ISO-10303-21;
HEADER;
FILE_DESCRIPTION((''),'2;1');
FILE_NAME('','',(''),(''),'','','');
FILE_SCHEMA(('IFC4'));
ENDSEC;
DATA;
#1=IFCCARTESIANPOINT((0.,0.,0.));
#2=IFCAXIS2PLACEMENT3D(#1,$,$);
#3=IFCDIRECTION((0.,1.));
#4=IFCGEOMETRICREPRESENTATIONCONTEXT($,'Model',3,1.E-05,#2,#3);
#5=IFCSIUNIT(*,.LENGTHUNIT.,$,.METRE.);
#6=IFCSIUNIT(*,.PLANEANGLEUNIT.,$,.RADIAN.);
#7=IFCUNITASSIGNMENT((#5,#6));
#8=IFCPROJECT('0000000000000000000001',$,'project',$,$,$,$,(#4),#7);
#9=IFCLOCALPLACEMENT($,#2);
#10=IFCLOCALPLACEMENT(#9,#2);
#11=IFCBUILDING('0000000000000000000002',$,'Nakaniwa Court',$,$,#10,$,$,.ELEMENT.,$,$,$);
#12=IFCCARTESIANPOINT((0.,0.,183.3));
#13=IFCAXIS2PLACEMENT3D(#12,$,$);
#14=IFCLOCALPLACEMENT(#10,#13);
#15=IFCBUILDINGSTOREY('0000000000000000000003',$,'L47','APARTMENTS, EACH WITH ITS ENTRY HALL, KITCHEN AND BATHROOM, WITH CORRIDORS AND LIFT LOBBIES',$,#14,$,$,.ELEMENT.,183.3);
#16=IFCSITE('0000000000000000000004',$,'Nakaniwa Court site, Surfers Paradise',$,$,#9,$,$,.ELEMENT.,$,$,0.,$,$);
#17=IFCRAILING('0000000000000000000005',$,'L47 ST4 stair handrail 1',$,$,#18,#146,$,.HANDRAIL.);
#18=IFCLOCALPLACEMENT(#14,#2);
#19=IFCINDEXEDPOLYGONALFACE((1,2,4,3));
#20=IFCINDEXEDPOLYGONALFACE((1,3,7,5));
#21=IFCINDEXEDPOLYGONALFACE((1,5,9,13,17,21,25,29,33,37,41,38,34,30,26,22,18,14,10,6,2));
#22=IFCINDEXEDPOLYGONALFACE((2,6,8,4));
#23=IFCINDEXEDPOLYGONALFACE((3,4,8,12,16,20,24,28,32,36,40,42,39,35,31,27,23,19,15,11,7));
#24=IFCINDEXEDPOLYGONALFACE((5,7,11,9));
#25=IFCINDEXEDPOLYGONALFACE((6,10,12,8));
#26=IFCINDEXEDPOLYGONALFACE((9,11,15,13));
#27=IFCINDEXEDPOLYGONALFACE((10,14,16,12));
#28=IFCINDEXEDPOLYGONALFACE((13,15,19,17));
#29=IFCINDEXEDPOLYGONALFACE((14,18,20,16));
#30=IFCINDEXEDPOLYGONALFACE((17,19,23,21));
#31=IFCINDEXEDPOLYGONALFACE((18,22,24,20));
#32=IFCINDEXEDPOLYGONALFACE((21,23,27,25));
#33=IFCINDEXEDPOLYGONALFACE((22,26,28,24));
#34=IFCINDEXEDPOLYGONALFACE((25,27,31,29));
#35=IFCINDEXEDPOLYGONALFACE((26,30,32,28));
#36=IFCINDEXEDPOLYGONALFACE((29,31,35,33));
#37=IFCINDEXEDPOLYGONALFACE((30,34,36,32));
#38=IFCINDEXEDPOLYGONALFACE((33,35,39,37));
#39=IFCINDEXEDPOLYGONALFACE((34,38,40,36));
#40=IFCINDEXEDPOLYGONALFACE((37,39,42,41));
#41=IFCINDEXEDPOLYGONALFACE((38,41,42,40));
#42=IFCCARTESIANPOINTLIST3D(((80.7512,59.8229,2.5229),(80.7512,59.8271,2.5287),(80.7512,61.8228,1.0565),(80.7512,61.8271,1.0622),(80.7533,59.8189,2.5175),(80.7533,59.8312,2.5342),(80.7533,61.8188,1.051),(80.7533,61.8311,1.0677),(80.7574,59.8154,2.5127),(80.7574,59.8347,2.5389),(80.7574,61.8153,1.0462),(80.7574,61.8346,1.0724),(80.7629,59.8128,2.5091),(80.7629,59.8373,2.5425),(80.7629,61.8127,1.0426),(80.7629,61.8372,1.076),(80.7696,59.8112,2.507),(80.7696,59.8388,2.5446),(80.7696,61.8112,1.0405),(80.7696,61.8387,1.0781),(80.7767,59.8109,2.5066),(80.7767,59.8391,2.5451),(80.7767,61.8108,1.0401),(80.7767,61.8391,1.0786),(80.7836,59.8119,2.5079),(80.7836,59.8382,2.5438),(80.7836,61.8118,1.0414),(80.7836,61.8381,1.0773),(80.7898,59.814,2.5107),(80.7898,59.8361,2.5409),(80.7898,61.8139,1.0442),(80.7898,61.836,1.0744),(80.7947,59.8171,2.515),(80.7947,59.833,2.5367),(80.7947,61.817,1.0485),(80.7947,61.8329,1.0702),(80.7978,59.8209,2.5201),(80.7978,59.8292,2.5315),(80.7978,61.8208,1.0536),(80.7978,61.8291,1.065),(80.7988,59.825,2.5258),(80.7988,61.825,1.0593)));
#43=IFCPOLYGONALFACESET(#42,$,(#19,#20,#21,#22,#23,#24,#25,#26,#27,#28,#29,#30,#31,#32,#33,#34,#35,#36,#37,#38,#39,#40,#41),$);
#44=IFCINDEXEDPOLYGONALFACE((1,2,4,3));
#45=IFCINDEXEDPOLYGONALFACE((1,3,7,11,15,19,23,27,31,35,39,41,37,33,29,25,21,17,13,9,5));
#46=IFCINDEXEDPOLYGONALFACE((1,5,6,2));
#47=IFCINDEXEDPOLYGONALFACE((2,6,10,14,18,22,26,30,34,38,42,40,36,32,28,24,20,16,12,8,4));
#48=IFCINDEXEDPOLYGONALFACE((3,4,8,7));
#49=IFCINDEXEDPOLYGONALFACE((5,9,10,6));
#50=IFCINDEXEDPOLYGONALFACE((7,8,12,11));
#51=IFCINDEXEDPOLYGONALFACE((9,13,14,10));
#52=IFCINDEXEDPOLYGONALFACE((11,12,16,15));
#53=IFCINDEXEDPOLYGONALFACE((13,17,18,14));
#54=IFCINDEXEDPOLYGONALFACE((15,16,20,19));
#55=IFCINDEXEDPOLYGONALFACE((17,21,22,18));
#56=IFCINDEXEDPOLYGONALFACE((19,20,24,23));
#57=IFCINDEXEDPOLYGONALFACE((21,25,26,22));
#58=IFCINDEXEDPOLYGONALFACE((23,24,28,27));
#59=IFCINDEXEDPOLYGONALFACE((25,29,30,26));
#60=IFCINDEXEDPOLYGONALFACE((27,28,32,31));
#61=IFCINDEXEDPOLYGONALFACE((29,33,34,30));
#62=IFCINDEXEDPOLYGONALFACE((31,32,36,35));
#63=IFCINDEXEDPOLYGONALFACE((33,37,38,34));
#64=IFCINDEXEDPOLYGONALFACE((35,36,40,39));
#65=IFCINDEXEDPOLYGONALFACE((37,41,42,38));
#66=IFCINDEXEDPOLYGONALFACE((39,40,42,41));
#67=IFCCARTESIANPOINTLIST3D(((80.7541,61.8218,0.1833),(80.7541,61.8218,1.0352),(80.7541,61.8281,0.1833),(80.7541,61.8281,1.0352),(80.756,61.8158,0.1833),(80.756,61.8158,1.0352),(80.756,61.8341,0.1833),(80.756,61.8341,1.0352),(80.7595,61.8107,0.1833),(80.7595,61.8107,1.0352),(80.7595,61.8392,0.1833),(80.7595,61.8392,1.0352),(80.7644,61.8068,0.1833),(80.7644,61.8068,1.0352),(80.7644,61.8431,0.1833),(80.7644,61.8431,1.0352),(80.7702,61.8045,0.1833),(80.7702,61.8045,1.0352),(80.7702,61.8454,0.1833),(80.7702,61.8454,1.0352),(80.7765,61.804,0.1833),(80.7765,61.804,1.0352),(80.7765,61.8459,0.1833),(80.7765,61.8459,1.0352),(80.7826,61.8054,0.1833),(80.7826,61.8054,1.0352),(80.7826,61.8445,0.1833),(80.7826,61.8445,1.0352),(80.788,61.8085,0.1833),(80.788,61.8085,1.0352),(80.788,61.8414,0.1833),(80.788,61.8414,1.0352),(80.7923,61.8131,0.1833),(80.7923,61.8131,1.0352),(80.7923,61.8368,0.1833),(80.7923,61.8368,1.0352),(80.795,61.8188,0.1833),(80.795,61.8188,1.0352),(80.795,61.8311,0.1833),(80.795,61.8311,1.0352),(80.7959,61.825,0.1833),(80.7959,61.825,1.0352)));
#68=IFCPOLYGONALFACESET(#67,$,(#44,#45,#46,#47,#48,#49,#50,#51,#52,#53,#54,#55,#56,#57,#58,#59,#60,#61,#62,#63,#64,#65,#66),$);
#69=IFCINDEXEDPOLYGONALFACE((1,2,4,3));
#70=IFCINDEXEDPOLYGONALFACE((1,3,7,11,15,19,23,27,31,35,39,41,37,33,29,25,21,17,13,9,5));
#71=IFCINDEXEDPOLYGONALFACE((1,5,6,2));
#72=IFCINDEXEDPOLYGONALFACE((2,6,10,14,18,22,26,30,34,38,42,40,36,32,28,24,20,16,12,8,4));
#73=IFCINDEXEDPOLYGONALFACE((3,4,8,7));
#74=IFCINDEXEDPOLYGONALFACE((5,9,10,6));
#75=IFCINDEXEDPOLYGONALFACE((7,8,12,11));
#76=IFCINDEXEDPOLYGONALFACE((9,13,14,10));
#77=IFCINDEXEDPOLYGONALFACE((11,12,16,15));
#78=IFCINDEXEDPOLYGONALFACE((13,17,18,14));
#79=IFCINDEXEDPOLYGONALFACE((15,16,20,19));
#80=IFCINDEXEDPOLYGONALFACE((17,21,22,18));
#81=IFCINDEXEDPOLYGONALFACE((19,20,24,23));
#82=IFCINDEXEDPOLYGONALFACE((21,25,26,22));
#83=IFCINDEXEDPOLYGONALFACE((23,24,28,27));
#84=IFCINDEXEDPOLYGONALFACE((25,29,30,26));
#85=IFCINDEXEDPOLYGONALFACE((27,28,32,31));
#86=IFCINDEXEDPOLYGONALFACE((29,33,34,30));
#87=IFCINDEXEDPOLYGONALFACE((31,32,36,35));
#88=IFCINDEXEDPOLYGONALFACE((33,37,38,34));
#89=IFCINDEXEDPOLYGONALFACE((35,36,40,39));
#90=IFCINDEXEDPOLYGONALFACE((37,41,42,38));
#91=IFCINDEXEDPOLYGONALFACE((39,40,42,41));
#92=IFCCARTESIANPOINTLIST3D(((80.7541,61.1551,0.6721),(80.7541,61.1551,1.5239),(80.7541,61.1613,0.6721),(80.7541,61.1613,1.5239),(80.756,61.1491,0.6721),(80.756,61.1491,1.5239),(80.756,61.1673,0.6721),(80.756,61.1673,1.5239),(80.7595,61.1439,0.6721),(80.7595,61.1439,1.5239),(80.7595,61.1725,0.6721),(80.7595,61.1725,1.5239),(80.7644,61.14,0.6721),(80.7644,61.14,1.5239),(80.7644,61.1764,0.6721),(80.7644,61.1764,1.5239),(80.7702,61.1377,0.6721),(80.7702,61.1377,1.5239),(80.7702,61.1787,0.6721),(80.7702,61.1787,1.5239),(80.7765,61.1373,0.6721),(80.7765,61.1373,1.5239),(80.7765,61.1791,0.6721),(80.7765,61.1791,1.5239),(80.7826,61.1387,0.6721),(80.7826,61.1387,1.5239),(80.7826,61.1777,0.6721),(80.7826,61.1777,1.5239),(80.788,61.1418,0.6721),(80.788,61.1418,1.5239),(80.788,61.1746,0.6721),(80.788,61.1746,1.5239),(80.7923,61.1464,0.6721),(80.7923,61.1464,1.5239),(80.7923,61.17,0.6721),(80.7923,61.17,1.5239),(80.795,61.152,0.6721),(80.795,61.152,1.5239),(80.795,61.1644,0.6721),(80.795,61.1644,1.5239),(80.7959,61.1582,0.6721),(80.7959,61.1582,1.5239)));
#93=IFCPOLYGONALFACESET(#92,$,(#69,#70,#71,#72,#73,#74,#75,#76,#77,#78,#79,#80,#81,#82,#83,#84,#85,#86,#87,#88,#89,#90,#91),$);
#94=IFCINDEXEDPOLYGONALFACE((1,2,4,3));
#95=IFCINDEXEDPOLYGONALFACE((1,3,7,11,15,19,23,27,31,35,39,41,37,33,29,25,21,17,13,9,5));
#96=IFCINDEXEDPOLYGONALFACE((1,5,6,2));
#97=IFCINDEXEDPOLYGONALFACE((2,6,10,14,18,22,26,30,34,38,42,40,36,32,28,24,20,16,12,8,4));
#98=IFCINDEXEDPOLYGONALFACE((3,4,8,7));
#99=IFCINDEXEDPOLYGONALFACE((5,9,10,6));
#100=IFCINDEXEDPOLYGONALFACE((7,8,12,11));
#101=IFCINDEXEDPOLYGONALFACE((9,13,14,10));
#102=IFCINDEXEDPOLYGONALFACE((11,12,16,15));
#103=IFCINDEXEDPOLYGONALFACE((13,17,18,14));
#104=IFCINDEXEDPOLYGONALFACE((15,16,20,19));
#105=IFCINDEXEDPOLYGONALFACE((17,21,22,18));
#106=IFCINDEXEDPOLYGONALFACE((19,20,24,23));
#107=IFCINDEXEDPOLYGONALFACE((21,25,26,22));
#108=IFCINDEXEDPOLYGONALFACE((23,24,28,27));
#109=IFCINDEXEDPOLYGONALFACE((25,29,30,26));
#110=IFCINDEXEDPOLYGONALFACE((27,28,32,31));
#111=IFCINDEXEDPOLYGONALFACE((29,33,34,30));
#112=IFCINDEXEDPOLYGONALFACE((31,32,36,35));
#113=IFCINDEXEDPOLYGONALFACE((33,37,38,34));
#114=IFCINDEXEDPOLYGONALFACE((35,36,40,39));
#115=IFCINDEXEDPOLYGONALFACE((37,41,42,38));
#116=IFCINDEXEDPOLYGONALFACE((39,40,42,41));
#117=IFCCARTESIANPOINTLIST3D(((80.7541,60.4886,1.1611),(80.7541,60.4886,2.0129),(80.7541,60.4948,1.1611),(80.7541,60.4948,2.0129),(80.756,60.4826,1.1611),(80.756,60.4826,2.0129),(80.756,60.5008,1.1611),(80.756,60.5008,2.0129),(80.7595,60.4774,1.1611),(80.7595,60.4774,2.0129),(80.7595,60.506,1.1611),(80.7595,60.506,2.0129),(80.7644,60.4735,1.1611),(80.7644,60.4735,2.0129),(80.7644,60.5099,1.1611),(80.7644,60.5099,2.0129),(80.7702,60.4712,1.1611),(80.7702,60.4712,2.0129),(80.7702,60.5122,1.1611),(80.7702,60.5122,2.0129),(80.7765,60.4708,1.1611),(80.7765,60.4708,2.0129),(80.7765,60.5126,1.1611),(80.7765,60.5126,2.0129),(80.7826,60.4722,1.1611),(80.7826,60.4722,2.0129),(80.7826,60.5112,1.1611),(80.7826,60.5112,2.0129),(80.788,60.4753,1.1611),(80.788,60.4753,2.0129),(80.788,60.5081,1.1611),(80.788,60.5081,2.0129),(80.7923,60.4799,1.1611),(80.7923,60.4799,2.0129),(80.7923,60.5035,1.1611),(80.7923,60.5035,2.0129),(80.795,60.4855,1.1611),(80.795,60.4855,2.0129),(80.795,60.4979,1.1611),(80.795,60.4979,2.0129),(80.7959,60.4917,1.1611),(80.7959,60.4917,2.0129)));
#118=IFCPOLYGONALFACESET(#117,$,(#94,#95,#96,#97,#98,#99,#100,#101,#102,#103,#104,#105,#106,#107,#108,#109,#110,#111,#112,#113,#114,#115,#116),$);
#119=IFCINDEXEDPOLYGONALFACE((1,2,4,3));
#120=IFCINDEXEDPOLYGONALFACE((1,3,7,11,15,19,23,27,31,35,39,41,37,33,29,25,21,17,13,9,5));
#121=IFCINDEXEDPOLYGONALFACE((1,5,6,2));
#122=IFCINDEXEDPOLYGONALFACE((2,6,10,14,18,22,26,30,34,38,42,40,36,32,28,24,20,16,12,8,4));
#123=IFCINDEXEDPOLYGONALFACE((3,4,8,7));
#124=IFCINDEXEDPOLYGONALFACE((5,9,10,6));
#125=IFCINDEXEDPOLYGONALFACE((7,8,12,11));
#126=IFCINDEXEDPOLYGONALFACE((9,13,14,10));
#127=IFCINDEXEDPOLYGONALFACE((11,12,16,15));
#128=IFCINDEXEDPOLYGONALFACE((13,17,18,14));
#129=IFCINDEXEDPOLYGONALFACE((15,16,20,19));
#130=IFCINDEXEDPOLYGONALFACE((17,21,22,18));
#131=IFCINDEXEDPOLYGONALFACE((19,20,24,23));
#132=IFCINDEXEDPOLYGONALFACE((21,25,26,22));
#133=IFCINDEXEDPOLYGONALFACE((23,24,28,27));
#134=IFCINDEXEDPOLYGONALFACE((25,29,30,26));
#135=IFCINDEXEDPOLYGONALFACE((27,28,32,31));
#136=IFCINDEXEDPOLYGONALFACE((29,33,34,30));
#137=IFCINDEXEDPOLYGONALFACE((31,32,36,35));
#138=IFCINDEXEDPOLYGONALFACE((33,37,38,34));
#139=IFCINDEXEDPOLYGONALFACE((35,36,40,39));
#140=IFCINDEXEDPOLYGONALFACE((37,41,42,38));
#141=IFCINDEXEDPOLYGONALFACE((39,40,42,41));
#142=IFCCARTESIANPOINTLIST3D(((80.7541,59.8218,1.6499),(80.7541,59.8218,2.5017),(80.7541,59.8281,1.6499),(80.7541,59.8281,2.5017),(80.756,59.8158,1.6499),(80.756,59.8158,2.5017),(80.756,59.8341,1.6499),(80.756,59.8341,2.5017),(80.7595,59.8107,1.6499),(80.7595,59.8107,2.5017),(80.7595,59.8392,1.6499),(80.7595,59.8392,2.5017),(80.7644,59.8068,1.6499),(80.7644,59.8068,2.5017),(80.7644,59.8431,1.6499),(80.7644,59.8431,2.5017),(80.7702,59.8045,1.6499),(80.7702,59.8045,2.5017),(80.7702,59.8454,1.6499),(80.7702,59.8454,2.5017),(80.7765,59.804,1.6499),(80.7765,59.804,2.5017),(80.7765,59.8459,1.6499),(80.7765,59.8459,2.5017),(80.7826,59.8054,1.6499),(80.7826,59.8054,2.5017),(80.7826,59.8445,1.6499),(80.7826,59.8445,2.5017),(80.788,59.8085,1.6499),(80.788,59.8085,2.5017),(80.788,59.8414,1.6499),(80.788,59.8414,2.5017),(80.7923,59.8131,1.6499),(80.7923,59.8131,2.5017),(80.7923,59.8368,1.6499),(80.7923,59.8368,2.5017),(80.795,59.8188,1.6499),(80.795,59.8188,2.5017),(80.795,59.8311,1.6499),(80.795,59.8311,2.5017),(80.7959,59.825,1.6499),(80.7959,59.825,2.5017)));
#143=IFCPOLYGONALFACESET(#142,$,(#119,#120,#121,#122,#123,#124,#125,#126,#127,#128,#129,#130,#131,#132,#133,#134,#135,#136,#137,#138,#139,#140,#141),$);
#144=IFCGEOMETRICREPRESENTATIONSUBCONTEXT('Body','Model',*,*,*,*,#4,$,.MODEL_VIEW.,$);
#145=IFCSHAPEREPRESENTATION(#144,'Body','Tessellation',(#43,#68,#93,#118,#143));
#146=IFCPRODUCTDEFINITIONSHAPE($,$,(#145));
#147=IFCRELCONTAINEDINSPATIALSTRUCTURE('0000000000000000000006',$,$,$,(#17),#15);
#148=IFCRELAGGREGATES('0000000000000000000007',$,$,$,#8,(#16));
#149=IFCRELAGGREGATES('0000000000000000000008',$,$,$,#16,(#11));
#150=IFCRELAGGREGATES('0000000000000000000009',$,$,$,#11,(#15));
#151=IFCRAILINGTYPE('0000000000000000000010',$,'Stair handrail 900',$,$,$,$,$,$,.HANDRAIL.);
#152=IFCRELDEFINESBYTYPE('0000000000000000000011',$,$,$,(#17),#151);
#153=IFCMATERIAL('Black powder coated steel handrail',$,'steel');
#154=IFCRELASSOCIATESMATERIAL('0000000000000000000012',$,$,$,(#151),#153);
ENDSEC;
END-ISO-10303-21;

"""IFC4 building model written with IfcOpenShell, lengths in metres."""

from ifc_helpers import new_model, si_unit, direction, frame, origin, origin_2d, place, context, subcontext, project, spatial, circle, extrude, material, type_object, element, save


model = new_model("IFC4")

# Units and contexts
model_context = context("Model", 3, precision=1e-05, world=origin(), true_north=direction((0.0, 1.0)))
body_context = subcontext(model_context, "Body", "Model", "MODEL_VIEW")
ifc_project = project(units=[si_unit("LENGTHUNIT", "METRE"), si_unit("PLANEANGLEUNIT", "RADIAN")], contexts=[model_context])

# Site, building, storey
site_placement = place(None, origin())
site = spatial("IfcSite", under=ifc_project, at=site_placement, Name="Nakaniwa Court site, Surfers Paradise", CompositionType="ELEMENT", RefElevation=0.0)
building_placement = place(site_placement, origin())
building = spatial("IfcBuilding", under=site, at=building_placement, Name="Nakaniwa Court", CompositionType="ELEMENT")
storey_placement = place(building_placement, frame((0.0, 0.0, 183.3)))
storey = spatial("IfcBuildingStorey", under=building, at=storey_placement, Name="L47", Description="APARTMENTS, EACH WITH ITS ENTRY HALL, KITCHEN AND BATHROOM, WITH CORRIDORS AND LIFT LOBBIES", CompositionType="ELEMENT", Elevation=183.3)

# Railing
ifc_material_1 = material(Name="Black powder coated steel handrail", Category="steel")
railing_type_1 = type_object("IfcRailingType", Name="Stair handrail 900", PredefinedType="HANDRAIL", material=ifc_material_1)
railing_1_placement = place(storey_placement, frame((80.7749, 61.825, 0.1833)))
element("IfcRailing", 1, at=railing_1_placement, inside=storey, type_object=railing_type_1, Name="L47 ST4 stair handrail 1", PredefinedType="HANDRAIL", context=body_context, shape_type="SweptSolid", body=[
    extrude(circle(Radius=0.0239, at=origin_2d()), frame((0.0, 0.0, 0.876), z_axis=(0.0, -0.806427, 0.591334), x_axis=(1.0, 0.0, 0.0)), (0.0, 0.0, 1.0), 2.48),
    extrude(circle(Radius=0.021, at=origin_2d()), origin(), (0.0, 0.0, 1.0), 0.8518),
    extrude(circle(Radius=0.021, at=origin_2d()), frame((0.0, -0.6667, 0.4888)), (0.0, 0.0, 1.0), 0.8518),
    extrude(circle(Radius=0.021, at=origin_2d()), frame((0.0, -1.3333, 0.9778)), (0.0, 0.0, 1.0), 0.8518),
    extrude(circle(Radius=0.021, at=origin_2d()), frame((0.0, -2.0, 1.4666)), (0.0, 0.0, 1.0), 0.8518),
])

save(model, "model.ifc")
